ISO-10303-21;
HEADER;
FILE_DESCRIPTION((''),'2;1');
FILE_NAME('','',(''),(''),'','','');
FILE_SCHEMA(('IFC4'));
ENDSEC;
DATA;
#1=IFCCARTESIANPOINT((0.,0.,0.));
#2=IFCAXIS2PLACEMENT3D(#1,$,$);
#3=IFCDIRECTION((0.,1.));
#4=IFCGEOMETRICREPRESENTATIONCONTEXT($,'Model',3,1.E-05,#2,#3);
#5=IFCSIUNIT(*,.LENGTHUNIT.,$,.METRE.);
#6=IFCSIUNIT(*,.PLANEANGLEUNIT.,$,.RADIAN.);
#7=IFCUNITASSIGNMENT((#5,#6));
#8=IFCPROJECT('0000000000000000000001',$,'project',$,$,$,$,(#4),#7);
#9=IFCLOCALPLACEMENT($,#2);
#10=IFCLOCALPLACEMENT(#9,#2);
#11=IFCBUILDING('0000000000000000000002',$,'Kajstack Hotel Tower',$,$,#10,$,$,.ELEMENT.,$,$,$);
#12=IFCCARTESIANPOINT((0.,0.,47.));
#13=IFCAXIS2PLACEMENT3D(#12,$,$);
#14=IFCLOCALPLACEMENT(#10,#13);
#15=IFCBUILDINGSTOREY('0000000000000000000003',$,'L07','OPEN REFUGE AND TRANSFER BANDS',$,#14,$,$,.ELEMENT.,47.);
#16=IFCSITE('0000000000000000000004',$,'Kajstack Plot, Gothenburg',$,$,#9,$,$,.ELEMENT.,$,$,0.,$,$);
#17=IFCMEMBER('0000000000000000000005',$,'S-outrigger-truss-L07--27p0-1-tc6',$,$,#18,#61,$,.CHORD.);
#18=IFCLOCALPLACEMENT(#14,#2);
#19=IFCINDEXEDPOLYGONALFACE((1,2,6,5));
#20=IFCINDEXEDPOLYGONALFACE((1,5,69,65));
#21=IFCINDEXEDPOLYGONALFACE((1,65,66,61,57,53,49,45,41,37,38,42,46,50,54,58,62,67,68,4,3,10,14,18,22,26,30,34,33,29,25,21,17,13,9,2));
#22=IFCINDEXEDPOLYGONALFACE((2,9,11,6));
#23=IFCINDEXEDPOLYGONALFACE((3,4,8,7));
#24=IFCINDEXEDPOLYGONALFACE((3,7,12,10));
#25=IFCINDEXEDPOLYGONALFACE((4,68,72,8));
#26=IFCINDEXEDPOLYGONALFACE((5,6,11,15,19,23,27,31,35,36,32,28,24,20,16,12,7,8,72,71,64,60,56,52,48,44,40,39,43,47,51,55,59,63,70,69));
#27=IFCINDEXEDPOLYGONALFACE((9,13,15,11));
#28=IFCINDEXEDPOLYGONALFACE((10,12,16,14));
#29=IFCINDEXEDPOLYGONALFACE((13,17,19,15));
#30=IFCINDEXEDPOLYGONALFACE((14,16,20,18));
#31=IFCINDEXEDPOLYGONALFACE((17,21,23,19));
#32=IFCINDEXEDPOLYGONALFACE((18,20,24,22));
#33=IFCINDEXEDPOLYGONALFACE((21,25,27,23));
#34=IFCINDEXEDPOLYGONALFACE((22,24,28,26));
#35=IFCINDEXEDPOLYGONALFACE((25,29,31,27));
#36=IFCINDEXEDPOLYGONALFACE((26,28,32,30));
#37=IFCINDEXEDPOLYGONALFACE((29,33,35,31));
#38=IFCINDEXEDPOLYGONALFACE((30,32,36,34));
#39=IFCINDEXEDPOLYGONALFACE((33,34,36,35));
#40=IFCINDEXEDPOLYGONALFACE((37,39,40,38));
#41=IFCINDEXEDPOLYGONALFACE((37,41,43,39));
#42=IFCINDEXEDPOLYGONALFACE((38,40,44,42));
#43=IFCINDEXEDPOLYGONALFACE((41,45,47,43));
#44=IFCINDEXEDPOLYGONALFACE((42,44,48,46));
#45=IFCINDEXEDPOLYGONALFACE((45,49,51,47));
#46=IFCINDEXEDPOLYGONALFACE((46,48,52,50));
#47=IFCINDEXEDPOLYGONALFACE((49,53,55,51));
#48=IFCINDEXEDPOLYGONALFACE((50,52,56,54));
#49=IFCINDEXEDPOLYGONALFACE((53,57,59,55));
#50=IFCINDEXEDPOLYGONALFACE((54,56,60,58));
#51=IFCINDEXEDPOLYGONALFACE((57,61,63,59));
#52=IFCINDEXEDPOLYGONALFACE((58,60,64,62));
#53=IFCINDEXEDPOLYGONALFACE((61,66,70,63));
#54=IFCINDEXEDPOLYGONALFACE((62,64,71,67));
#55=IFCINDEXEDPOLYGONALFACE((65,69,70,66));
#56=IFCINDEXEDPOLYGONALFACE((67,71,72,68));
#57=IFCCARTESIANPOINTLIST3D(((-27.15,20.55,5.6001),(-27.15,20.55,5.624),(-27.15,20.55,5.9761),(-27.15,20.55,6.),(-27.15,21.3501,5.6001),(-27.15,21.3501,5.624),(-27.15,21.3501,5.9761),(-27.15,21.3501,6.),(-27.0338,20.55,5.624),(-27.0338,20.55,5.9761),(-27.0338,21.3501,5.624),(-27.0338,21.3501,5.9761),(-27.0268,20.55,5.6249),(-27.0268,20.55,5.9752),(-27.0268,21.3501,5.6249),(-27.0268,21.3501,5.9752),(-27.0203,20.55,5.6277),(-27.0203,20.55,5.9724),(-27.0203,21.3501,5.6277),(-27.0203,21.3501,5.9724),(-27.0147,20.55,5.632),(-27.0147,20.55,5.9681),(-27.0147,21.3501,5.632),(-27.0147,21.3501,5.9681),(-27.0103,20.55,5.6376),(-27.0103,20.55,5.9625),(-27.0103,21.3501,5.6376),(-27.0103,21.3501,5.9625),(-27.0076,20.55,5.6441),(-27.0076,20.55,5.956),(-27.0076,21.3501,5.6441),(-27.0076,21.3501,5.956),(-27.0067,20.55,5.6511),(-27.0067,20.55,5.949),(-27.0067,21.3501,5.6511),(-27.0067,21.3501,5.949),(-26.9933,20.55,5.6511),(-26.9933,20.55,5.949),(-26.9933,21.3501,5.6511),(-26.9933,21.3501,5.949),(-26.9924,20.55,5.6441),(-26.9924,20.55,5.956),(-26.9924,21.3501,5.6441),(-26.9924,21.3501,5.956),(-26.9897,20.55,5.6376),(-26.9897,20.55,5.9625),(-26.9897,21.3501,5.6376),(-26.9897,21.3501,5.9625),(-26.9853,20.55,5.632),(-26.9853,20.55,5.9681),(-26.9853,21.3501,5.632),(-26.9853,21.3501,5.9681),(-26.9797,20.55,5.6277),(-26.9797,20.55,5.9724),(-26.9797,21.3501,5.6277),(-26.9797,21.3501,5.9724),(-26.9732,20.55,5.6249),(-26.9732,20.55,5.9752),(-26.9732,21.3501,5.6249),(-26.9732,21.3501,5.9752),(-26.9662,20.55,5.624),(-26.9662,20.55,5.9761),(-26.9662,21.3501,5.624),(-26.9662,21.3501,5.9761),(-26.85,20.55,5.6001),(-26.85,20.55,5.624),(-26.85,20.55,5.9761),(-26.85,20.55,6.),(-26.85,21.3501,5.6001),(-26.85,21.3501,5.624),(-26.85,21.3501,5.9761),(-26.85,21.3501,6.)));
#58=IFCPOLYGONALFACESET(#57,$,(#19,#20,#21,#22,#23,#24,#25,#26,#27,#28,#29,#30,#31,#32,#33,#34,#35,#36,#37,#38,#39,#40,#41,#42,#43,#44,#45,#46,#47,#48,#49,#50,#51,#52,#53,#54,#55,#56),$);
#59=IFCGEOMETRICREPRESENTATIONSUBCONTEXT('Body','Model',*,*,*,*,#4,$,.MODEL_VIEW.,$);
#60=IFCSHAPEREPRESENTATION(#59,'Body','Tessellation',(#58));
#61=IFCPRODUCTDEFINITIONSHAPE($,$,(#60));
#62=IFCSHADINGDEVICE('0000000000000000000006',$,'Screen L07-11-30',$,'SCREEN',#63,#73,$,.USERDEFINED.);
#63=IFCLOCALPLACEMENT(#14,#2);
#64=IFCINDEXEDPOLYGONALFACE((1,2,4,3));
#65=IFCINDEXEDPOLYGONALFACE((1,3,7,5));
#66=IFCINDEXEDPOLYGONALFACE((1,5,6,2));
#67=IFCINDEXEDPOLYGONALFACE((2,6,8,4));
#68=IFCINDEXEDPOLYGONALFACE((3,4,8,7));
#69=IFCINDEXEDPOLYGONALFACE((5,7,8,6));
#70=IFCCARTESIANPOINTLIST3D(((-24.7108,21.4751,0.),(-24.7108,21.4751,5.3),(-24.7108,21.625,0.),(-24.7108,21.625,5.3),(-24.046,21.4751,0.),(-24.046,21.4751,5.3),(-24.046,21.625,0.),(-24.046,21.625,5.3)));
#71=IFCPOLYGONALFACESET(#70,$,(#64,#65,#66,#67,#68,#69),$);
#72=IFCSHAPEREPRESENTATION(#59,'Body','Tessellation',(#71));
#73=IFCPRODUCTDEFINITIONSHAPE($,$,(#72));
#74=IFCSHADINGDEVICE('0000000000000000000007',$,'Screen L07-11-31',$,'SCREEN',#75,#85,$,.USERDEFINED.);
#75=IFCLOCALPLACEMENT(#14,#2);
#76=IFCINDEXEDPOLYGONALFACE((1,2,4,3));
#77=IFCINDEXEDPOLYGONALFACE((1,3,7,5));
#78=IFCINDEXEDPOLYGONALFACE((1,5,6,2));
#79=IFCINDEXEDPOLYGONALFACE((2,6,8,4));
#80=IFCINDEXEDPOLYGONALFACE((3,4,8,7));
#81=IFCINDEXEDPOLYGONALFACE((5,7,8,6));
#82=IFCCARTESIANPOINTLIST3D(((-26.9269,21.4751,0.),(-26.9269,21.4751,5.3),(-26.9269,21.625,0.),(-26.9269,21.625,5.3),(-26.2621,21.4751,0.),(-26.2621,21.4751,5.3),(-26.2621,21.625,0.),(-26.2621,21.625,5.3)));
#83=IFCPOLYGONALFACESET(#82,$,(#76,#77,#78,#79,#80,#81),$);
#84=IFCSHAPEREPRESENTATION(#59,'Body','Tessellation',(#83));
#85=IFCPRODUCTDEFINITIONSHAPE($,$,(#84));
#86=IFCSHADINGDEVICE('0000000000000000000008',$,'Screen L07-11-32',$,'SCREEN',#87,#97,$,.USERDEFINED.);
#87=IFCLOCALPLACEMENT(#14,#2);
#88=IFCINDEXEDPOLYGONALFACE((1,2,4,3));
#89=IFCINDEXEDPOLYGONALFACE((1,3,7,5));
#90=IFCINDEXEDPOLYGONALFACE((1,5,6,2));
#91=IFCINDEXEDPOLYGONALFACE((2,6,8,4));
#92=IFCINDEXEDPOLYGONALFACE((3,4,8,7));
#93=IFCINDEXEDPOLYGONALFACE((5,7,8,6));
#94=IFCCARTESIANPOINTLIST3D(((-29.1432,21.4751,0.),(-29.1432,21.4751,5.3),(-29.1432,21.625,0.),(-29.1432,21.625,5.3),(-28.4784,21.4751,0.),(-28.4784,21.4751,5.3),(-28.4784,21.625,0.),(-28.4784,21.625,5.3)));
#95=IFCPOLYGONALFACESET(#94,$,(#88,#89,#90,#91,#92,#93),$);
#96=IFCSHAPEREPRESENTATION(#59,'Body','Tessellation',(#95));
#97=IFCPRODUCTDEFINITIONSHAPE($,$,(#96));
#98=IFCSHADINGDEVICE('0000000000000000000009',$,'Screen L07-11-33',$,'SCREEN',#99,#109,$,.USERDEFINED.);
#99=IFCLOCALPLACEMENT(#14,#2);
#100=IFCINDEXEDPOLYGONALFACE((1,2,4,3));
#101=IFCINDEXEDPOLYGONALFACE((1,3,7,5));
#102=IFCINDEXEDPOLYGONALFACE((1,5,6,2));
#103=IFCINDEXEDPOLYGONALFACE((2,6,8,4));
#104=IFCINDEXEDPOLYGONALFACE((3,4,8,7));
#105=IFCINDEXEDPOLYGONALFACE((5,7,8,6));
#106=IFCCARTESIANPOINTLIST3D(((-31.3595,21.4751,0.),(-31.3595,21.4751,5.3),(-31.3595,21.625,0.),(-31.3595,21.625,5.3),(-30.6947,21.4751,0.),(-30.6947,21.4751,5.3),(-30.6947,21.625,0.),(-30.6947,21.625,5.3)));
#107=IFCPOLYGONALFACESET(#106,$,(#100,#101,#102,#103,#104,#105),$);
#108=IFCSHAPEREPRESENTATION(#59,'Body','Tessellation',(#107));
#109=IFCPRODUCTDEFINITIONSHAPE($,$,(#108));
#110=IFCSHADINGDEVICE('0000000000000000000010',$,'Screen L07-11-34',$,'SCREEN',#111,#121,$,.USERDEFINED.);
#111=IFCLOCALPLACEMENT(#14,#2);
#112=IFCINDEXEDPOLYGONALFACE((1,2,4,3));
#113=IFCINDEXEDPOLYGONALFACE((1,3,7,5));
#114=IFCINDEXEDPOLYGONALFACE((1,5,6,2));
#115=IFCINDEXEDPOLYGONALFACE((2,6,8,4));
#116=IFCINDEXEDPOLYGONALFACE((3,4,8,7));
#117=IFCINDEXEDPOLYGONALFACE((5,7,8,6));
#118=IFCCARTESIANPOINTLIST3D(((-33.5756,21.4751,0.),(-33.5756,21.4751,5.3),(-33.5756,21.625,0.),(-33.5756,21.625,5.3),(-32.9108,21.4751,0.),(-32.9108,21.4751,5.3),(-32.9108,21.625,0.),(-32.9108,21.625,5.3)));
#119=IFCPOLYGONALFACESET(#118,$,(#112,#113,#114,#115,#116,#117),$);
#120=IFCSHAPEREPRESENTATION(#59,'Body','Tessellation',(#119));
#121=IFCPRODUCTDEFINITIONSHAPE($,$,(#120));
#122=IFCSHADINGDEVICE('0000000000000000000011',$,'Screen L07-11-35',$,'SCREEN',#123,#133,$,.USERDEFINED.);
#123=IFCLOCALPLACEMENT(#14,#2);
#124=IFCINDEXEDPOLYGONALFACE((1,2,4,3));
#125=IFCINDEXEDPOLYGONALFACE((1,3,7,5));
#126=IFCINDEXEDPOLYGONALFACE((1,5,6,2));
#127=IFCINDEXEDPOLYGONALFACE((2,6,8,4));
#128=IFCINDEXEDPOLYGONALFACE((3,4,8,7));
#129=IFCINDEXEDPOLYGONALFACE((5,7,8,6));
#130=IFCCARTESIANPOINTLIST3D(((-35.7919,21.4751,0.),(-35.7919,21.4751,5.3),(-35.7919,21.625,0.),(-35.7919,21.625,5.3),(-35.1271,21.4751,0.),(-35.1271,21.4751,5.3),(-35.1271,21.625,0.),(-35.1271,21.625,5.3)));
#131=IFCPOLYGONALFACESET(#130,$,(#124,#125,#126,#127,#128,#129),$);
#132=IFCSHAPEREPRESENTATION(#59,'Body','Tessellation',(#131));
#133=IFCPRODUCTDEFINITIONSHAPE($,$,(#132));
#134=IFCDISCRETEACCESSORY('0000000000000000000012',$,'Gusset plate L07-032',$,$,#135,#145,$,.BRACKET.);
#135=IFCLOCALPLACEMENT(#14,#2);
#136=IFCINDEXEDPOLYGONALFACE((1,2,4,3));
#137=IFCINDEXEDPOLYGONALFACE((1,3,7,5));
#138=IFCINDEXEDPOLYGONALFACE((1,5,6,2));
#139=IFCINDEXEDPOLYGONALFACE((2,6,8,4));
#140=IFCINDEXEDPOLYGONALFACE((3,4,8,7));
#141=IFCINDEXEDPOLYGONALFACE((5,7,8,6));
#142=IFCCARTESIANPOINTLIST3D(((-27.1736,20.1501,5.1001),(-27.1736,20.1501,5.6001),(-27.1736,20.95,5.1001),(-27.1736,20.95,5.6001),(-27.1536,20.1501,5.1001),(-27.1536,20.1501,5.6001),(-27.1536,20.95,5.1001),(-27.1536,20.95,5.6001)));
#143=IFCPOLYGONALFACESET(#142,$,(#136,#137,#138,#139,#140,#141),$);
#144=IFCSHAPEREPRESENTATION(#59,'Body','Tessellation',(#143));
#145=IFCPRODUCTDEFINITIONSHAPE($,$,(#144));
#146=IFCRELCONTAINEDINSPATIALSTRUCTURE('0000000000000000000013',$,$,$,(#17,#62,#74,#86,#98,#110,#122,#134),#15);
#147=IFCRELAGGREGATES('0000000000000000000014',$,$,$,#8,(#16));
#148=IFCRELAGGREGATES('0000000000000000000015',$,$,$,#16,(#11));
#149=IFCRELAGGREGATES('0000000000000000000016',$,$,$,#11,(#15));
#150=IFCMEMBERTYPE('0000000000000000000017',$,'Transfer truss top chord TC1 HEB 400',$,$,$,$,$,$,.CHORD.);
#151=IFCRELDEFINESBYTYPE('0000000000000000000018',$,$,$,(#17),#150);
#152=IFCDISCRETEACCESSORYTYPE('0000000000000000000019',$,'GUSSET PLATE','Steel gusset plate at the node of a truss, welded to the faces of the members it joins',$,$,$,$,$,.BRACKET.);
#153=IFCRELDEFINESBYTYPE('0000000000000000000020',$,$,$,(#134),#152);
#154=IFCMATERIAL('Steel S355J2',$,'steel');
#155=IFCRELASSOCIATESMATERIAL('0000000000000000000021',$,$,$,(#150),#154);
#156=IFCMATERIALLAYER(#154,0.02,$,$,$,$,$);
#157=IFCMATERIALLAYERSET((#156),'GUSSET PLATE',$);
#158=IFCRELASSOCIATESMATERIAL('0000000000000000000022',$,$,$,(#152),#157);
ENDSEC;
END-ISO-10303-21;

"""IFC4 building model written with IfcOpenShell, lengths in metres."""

from ifc_helpers import new_model, si_unit, direction, frame, origin, origin_2d, place, context, subcontext, project, spatial, polyline, rectangle, i_section, outline, extrude, material, layer, layer_set, material_profile, profile_set, type_object, element, save


model = new_model("IFC4")

# Units and contexts
model_context = context("Model", 3, precision=1e-05, world=origin(), true_north=direction((0.0, 1.0)))
body_context = subcontext(model_context, "Body", "Model", "MODEL_VIEW")
ifc_project = project(units=[si_unit("LENGTHUNIT", "METRE"), si_unit("PLANEANGLEUNIT", "RADIAN")], contexts=[model_context])

# Site, building, storey
site_placement = place(None, origin())
site = spatial("IfcSite", under=ifc_project, at=site_placement, Name="Kajstack Plot, Gothenburg", CompositionType="ELEMENT", RefElevation=0.0)
building_placement = place(site_placement, origin())
building = spatial("IfcBuilding", under=site, at=building_placement, Name="Kajstack Hotel Tower", CompositionType="ELEMENT")
storey_placement = place(building_placement, frame((0.0, 0.0, 47.0)))
storey = spatial("IfcBuildingStorey", under=building, at=storey_placement, Name="L07", Description="OPEN REFUGE AND TRANSFER BANDS", CompositionType="ELEMENT", Elevation=47.0)

# Member
ifc_material = material(Name="Steel S355J2", Category="steel")
ifc_material_profile_1 = material_profile(ifc_material, i_section(OverallWidth=0.3, OverallDepth=0.3999, WebThickness=0.0134, FlangeThickness=0.0239, FilletRadius=0.0271, at=origin_2d()), Name="HEB 400")
ifc_profile_set_1 = profile_set([ifc_material_profile_1], Name="Steel S355J2")
member_type_1 = type_object("IfcMemberType", Name="Transfer truss top chord TC1 HEB 400", PredefinedType="CHORD", material=ifc_profile_set_1)
for number, where, z_axis, x_axis, name in (
    (1, (-27.0, 20.55, 5.8), (0.0, 1.0, 0.0), (-1.0, 0.0, 0.0), "S-outrigger-truss-L07--27p0-1-tc6"),
):
    element("IfcMember", number, at=place(storey_placement, frame(where, z_axis=z_axis, x_axis=x_axis)), inside=storey, type_object=member_type_1, Name=name, PredefinedType="CHORD", context=body_context, shape_type="SweptSolid", body=[
        extrude(i_section(OverallWidth=0.3, OverallDepth=0.3999, WebThickness=0.0134, FlangeThickness=0.0239, FilletRadius=0.0271, at=origin_2d()), origin(), (0.0, 0.0, 1.0), 0.8),
    ])

# Shading devices
for number, where, z_axis, x_axis, name in (
    (2, (-24.3784, 21.55, 0.0), (0.0, 0.0, 1.0), (-1.0, 0.0, 0.0), "Screen L07-11-30"),
    (3, (-26.5945, 21.55, 0.0), (0.0, 0.0, 1.0), (-1.0, 0.0, 0.0), "Screen L07-11-31"),
    (4, (-28.8108, 21.55, 0.0), (0.0, 0.0, 1.0), (-1.0, 0.0, 0.0), "Screen L07-11-32"),
    (5, (-31.0271, 21.55, 0.0), (0.0, 0.0, 1.0), (-1.0, 0.0, 0.0), "Screen L07-11-33"),
    (6, (-33.2432, 21.55, 0.0), (0.0, 0.0, 1.0), (-1.0, 0.0, 0.0), "Screen L07-11-34"),
    (7, (-35.4595, 21.55, 0.0), (0.0, 0.0, 1.0), (-1.0, 0.0, 0.0), "Screen L07-11-35"),
):
    element("IfcShadingDevice", number, at=place(storey_placement, frame(where, z_axis=z_axis, x_axis=x_axis)), inside=storey, Name=name, ObjectType="SCREEN", PredefinedType="USERDEFINED", context=body_context, shape_type="SweptSolid", body=[
        extrude(rectangle(XDim=0.6648, YDim=0.1499, at=origin_2d()), origin(), (0.0, 0.0, 1.0), 5.3),
    ])

# Discrete accessory
ifc_layer = layer(ifc_material, 0.02)
ifc_layer_set = layer_set([ifc_layer], Name="GUSSET PLATE")
discrete_accessory_type = type_object("IfcDiscreteAccessoryType", Name="GUSSET PLATE", Description="Steel gusset plate at the node of a truss, welded to the faces of the members it joins", PredefinedType="BRACKET", material=ifc_layer_set)
discrete_accessory_1_placement = place(storey_placement, frame((-27.1736, 20.55, 5.1001), z_axis=(1.0, 0.0, 0.0), x_axis=(0.0, 1.0, 0.0)))
element("IfcDiscreteAccessory", 8, at=discrete_accessory_1_placement, inside=storey, type_object=discrete_accessory_type, Name="Gusset plate L07-032", PredefinedType="BRACKET", context=body_context, shape_type="SweptSolid", body=[
    extrude(outline(polyline([(-0.3999, 0.0), (0.3999, 0.0), (0.3999, 0.5), (-0.3999, 0.5), (-0.3999, 0.0)])), origin(), (0.0, 0.0, 1.0), 0.02),
])

save(model, "model.ifc")
